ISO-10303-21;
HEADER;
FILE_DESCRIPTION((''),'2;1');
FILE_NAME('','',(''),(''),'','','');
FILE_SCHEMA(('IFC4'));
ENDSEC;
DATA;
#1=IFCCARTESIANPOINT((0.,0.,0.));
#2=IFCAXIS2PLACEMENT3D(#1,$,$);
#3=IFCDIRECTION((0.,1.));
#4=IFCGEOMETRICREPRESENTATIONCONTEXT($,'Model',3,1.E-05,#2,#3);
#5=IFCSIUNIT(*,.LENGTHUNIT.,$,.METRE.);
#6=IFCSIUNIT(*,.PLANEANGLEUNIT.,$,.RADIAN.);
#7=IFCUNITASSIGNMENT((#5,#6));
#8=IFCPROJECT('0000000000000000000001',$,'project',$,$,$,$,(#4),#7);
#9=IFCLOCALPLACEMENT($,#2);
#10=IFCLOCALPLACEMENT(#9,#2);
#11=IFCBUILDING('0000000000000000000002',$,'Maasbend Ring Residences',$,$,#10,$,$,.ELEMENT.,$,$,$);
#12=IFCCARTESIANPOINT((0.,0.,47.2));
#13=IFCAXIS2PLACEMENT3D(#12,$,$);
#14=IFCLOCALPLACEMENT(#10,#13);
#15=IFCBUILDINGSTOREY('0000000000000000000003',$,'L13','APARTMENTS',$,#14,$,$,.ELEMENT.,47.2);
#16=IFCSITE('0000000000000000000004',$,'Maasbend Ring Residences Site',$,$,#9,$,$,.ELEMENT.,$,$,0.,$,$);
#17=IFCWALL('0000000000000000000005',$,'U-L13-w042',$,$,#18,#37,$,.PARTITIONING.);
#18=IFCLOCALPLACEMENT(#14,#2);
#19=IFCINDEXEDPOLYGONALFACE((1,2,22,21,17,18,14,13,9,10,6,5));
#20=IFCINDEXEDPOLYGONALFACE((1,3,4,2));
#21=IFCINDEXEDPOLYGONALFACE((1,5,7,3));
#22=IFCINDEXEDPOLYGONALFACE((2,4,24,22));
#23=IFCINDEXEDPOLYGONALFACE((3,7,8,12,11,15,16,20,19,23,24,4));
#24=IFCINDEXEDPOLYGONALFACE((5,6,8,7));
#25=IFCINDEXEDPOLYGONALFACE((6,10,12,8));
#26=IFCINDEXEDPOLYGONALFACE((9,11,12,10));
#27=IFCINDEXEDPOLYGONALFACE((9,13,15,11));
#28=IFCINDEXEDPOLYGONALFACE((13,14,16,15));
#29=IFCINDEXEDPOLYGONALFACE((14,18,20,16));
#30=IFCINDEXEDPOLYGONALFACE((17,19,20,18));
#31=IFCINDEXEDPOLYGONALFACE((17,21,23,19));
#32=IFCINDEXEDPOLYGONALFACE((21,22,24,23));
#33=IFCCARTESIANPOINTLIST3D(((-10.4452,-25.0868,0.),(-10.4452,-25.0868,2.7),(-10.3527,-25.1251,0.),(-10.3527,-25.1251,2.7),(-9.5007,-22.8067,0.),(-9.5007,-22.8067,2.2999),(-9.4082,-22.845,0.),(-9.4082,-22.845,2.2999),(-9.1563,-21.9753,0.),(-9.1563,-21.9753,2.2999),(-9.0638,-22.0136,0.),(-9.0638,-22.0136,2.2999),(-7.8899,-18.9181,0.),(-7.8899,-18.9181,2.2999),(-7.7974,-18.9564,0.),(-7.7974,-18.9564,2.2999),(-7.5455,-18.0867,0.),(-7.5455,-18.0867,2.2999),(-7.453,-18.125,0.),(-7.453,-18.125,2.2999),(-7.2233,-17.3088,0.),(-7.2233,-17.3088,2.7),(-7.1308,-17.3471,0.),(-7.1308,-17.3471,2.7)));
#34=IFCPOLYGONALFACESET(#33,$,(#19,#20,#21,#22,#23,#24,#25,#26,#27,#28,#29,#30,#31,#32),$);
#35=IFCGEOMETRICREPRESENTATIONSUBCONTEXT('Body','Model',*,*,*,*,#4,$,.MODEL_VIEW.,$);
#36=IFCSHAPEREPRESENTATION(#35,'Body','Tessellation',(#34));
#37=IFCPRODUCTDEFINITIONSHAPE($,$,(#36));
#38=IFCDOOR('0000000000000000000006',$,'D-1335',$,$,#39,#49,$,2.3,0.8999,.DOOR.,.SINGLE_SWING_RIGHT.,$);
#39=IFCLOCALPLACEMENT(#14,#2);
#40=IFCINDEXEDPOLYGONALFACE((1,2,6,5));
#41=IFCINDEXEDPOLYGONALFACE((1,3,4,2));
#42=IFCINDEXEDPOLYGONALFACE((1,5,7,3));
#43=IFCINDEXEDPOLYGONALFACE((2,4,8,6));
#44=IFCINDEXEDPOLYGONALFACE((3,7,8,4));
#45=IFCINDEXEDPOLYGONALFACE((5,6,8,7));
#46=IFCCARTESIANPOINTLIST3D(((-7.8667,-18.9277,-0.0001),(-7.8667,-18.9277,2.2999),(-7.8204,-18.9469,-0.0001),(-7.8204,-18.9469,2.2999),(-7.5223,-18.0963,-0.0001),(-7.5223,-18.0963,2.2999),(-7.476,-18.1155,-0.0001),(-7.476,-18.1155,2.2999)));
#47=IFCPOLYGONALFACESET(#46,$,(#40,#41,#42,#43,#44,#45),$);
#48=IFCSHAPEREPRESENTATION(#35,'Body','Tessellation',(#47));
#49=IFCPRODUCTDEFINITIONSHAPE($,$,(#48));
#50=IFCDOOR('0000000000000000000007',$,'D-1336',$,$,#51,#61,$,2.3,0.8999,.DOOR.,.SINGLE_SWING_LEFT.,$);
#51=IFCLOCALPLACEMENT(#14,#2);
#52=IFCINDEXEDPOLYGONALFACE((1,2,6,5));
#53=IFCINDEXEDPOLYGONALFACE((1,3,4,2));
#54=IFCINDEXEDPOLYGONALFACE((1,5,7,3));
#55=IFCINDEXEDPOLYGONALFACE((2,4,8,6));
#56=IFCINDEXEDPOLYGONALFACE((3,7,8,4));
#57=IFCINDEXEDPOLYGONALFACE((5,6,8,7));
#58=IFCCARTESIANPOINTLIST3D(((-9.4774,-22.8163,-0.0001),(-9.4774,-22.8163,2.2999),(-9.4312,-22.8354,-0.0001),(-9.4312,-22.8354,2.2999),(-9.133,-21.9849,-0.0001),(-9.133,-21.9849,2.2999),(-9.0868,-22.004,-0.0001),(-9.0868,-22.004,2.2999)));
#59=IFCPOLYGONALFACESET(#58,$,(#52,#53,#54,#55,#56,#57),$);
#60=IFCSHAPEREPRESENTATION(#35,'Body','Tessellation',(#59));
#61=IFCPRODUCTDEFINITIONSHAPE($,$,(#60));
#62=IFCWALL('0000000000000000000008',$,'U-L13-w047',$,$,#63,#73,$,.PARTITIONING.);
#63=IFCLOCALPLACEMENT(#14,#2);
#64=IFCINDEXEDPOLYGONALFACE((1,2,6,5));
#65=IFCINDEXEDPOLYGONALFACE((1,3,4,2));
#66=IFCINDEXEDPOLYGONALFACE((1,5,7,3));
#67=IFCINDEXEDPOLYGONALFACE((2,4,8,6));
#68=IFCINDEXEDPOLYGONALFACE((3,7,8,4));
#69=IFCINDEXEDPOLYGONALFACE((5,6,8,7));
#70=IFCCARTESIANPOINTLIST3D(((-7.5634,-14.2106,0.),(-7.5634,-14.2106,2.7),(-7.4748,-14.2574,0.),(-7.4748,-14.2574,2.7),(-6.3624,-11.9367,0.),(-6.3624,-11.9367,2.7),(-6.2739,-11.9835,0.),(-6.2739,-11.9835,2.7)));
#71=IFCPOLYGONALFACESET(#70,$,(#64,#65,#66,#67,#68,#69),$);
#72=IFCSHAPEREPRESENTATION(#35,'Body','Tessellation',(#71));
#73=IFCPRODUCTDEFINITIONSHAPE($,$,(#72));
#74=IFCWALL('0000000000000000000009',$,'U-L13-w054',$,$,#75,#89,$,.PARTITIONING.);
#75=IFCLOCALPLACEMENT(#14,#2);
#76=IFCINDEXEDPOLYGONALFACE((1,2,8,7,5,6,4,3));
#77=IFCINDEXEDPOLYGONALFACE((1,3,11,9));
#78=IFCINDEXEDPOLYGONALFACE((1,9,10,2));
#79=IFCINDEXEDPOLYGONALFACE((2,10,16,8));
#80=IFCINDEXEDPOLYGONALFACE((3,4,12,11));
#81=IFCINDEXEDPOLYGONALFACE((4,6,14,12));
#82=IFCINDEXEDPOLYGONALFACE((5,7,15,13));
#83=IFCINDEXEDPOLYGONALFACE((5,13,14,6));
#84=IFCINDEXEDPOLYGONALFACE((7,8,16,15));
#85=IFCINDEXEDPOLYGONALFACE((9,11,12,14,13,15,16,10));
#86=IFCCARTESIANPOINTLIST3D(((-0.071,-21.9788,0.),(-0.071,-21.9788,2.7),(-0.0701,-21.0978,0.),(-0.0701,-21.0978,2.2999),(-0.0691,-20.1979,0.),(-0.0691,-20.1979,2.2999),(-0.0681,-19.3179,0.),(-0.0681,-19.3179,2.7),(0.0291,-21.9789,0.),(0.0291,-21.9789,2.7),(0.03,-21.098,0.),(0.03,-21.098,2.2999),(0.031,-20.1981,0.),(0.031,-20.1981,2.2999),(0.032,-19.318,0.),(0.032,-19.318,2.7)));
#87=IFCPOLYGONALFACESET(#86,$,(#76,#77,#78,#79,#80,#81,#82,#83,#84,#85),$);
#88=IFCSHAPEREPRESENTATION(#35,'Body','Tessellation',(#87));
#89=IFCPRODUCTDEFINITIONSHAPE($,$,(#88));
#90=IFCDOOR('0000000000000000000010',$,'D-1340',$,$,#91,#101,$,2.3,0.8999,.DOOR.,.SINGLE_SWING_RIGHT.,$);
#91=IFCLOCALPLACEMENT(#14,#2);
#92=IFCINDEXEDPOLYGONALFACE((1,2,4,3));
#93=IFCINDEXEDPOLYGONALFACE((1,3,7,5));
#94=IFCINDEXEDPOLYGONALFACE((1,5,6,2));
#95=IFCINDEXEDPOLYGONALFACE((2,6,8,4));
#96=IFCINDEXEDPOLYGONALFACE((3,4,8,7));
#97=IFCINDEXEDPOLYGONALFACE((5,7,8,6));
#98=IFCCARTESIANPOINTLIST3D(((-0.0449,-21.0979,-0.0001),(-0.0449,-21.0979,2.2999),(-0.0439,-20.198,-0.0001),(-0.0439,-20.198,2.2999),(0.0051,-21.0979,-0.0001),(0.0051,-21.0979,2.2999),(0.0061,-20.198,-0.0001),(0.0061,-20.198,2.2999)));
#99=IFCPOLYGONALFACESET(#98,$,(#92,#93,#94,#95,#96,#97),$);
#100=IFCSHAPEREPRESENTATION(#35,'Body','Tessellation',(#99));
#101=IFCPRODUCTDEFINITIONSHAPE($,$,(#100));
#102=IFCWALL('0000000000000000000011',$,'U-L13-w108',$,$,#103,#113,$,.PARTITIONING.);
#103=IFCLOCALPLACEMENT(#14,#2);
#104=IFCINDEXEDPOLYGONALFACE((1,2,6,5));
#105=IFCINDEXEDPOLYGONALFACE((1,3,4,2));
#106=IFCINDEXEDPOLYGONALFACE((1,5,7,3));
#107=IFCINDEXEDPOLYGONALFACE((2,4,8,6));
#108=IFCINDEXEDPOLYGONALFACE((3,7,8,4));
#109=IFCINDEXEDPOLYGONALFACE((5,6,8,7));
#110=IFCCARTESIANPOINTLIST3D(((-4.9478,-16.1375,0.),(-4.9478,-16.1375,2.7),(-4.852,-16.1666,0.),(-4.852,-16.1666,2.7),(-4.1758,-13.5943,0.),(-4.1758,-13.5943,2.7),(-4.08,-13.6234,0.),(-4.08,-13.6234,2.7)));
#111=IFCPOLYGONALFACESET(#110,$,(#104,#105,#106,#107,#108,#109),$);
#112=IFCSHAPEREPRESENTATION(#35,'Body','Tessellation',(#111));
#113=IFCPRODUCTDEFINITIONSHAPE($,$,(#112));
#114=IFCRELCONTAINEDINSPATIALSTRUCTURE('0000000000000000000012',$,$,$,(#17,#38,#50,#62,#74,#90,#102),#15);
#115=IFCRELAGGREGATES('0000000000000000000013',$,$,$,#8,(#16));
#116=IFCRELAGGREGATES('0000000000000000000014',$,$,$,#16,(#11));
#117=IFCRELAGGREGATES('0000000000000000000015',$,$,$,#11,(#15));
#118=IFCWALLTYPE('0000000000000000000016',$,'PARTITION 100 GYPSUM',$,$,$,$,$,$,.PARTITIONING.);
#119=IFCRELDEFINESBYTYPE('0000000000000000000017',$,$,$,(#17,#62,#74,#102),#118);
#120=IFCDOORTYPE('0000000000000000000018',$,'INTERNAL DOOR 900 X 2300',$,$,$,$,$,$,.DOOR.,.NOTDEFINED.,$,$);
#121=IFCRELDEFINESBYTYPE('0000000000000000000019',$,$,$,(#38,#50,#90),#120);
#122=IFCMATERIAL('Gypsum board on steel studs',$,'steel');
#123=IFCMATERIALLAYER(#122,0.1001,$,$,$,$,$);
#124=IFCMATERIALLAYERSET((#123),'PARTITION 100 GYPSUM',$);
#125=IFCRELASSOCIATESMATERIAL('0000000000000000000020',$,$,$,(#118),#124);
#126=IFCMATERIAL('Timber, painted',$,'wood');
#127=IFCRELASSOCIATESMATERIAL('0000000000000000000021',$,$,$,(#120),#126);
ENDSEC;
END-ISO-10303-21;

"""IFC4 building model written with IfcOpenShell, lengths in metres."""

from ifc_helpers import new_model, si_unit, direction, frame, frame_2d, origin, place, context, subcontext, project, spatial, rectangle, extrude, material, layer, layer_set, type_object, element, fill, save


model = new_model("IFC4")

# Units and contexts
model_context = context("Model", 3, precision=1e-05, world=origin(), true_north=direction((0.0, 1.0)))
body_context = subcontext(model_context, "Body", "Model", "MODEL_VIEW")
ifc_project = project(units=[si_unit("LENGTHUNIT", "METRE"), si_unit("PLANEANGLEUNIT", "RADIAN")], contexts=[model_context])

# Site, building, storey
site_placement = place(None, origin())
site = spatial("IfcSite", under=ifc_project, at=site_placement, Name="Maasbend Ring Residences Site", CompositionType="ELEMENT", RefElevation=0.0)
building_placement = place(site_placement, origin())
building = spatial("IfcBuilding", under=site, at=building_placement, Name="Maasbend Ring Residences", CompositionType="ELEMENT")
storey_placement = place(building_placement, frame((0.0, 0.0, 47.2)))
storey = spatial("IfcBuildingStorey", under=building, at=storey_placement, Name="L13", Description="APARTMENTS", CompositionType="ELEMENT", Elevation=47.2)

# Shared definitions
ifc_material_1 = material(Name="Gypsum board on steel studs", Category="steel")
ifc_layer_1 = layer(ifc_material_1, 0.1001)
ifc_layer_set_1 = layer_set([ifc_layer_1], Name="PARTITION 100 GYPSUM")
wall_type_1 = type_object("IfcWallType", Name="PARTITION 100 GYPSUM", PredefinedType="PARTITIONING", material=ifc_layer_set_1)

# Wall, openings, doors
wall_1_placement = place(storey_placement, frame((-10.3989, -25.106, 0.0), z_axis=(0.0, 0.0, 1.0), x_axis=(0.382698, 0.923874, 0.0)))
wall_1 = element("IfcWall", 1, at=wall_1_placement, inside=storey, type_object=wall_type_1, Name="U-L13-w042", PredefinedType="PARTITIONING", context=body_context, shape_type="SweptSolid", body=[
    extrude(rectangle(XDim=8.4189, YDim=0.1001, at=frame_2d((4.2095, 0.0))), origin(), (0.0, 0.0, 1.0), 2.7),
])
opening_1_placement = place(wall_1_placement, frame((6.677, 0.0, 0.0)))
opening_1 = element("IfcOpeningElement", 2, at=opening_1_placement, cuts=wall_1, PredefinedType="OPENING", context=body_context, shape_type="SweptSolid", body=[
    extrude(rectangle(XDim=0.8999, YDim=2.3, at=frame_2d((0.45, 1.1499))), frame((0.0, 0.0601, 0.0), z_axis=(0.0, -1.0, 0.0), x_axis=(1.0, 0.0, 0.0)), (0.0, 0.0, 1.0), 0.1201),
])
opening_2_placement = place(wall_1_placement, frame((2.468, 0.0, 0.0)))
opening_2 = element("IfcOpeningElement", 3, at=opening_2_placement, cuts=wall_1, PredefinedType="OPENING", context=body_context, shape_type="SweptSolid", body=[
    extrude(rectangle(XDim=0.8999, YDim=2.3, at=frame_2d((0.45, 1.1499))), frame((0.0, 0.0601, 0.0), z_axis=(0.0, -1.0, 0.0), x_axis=(1.0, 0.0, 0.0)), (0.0, 0.0, 1.0), 0.1201),
])
ifc_material_2 = material(Name="Timber, painted", Category="wood")
door_type_1 = type_object("IfcDoorType", Name="INTERNAL DOOR 900 X 2300", OperationType="NOTDEFINED", PredefinedType="DOOR", material=ifc_material_2)
door_1_placement = place(opening_1_placement, origin())
door_1 = element("IfcDoor", 4, at=door_1_placement, inside=storey, type_object=door_type_1, Name="D-1335", OperationType="SINGLE_SWING_RIGHT", OverallHeight=2.3, OverallWidth=0.8999, PredefinedType="DOOR", context=body_context, shape_type="SweptSolid", body=[
    extrude(rectangle(XDim=0.8999, YDim=2.3, at=frame_2d((0.45, 1.1499))), frame((0.0, 0.0249, 0.0), z_axis=(0.0, -1.0, 0.0), x_axis=(1.0, 0.0, 0.0)), (0.0, 0.0, 1.0), 0.05),
])
fill(opening_1, door_1)
door_2_placement = place(opening_2_placement, origin())
door_2 = element("IfcDoor", 5, at=door_2_placement, inside=storey, type_object=door_type_1, Name="D-1336", OperationType="SINGLE_SWING_LEFT", OverallHeight=2.3, OverallWidth=0.8999, PredefinedType="DOOR", context=body_context, shape_type="SweptSolid", body=[
    extrude(rectangle(XDim=0.8999, YDim=2.3, at=frame_2d((0.45, 1.1499))), frame((0.0, 0.0249, 0.0), z_axis=(0.0, -1.0, 0.0), x_axis=(1.0, 0.0, 0.0)), (0.0, 0.0, 1.0), 0.05),
])
fill(opening_2, door_2)

# Wall
wall_2_placement = place(storey_placement, frame((-7.519, -14.2339, 0.0), z_axis=(0.0, 0.0, 1.0), x_axis=(0.467002, 0.884256, 0.0)))
element("IfcWall", 6, at=wall_2_placement, inside=storey, type_object=wall_type_1, Name="U-L13-w047", PredefinedType="PARTITIONING", context=body_context, shape_type="SweptSolid", body=[
    extrude(rectangle(XDim=2.5715, YDim=0.1001, at=frame_2d((1.2856, 0.0))), origin(), (0.0, 0.0, 1.0), 2.7),
])

# Wall, opening, door
wall_3_placement = place(storey_placement, frame((-0.021, -21.979, 0.0), z_axis=(0.0, 0.0, 1.0), x_axis=(0.001101, 0.999999, 0.0)))
wall_3 = element("IfcWall", 7, at=wall_3_placement, inside=storey, type_object=wall_type_1, Name="U-L13-w054", PredefinedType="PARTITIONING", context=body_context, shape_type="SweptSolid", body=[
    extrude(rectangle(XDim=2.6609, YDim=0.1001, at=frame_2d((1.3306, 0.0))), origin(), (0.0, 0.0, 1.0), 2.7),
])
opening_3_placement = place(wall_3_placement, frame((0.8811, 0.0, 0.0)))
opening_3 = element("IfcOpeningElement", 8, at=opening_3_placement, cuts=wall_3, PredefinedType="OPENING", context=body_context, shape_type="SweptSolid", body=[
    extrude(rectangle(XDim=0.8999, YDim=2.3, at=frame_2d((0.45, 1.1499))), frame((0.0, 0.0601, 0.0), z_axis=(0.0, -1.0, 0.0), x_axis=(1.0, 0.0, 0.0)), (0.0, 0.0, 1.0), 0.1201),
])
door_3_placement = place(opening_3_placement, origin())
door_3 = element("IfcDoor", 9, at=door_3_placement, inside=storey, type_object=door_type_1, Name="D-1340", OperationType="SINGLE_SWING_RIGHT", OverallHeight=2.3, OverallWidth=0.8999, PredefinedType="DOOR", context=body_context, shape_type="SweptSolid", body=[
    extrude(rectangle(XDim=0.8999, YDim=2.3, at=frame_2d((0.45, 1.1499))), frame((0.0, 0.0249, 0.0), z_axis=(0.0, -1.0, 0.0), x_axis=(1.0, 0.0, 0.0)), (0.0, 0.0, 1.0), 0.05),
])
fill(opening_3, door_3)

# Wall
wall_4_placement = place(storey_placement, frame((-4.1279, -13.6089, 0.0), z_axis=(0.0, 0.0, 1.0), x_axis=(-0.290456, -0.956888, 0.0)))
element("IfcWall", 10, at=wall_4_placement, inside=storey, type_object=wall_type_1, Name="U-L13-w108", PredefinedType="PARTITIONING", context=body_context, shape_type="SweptSolid", body=[
    extrude(rectangle(XDim=2.6577, YDim=0.1001, at=frame_2d((1.3289, 0.0))), origin(), (0.0, 0.0, 1.0), 2.7),
])

save(model, "model.ifc")
